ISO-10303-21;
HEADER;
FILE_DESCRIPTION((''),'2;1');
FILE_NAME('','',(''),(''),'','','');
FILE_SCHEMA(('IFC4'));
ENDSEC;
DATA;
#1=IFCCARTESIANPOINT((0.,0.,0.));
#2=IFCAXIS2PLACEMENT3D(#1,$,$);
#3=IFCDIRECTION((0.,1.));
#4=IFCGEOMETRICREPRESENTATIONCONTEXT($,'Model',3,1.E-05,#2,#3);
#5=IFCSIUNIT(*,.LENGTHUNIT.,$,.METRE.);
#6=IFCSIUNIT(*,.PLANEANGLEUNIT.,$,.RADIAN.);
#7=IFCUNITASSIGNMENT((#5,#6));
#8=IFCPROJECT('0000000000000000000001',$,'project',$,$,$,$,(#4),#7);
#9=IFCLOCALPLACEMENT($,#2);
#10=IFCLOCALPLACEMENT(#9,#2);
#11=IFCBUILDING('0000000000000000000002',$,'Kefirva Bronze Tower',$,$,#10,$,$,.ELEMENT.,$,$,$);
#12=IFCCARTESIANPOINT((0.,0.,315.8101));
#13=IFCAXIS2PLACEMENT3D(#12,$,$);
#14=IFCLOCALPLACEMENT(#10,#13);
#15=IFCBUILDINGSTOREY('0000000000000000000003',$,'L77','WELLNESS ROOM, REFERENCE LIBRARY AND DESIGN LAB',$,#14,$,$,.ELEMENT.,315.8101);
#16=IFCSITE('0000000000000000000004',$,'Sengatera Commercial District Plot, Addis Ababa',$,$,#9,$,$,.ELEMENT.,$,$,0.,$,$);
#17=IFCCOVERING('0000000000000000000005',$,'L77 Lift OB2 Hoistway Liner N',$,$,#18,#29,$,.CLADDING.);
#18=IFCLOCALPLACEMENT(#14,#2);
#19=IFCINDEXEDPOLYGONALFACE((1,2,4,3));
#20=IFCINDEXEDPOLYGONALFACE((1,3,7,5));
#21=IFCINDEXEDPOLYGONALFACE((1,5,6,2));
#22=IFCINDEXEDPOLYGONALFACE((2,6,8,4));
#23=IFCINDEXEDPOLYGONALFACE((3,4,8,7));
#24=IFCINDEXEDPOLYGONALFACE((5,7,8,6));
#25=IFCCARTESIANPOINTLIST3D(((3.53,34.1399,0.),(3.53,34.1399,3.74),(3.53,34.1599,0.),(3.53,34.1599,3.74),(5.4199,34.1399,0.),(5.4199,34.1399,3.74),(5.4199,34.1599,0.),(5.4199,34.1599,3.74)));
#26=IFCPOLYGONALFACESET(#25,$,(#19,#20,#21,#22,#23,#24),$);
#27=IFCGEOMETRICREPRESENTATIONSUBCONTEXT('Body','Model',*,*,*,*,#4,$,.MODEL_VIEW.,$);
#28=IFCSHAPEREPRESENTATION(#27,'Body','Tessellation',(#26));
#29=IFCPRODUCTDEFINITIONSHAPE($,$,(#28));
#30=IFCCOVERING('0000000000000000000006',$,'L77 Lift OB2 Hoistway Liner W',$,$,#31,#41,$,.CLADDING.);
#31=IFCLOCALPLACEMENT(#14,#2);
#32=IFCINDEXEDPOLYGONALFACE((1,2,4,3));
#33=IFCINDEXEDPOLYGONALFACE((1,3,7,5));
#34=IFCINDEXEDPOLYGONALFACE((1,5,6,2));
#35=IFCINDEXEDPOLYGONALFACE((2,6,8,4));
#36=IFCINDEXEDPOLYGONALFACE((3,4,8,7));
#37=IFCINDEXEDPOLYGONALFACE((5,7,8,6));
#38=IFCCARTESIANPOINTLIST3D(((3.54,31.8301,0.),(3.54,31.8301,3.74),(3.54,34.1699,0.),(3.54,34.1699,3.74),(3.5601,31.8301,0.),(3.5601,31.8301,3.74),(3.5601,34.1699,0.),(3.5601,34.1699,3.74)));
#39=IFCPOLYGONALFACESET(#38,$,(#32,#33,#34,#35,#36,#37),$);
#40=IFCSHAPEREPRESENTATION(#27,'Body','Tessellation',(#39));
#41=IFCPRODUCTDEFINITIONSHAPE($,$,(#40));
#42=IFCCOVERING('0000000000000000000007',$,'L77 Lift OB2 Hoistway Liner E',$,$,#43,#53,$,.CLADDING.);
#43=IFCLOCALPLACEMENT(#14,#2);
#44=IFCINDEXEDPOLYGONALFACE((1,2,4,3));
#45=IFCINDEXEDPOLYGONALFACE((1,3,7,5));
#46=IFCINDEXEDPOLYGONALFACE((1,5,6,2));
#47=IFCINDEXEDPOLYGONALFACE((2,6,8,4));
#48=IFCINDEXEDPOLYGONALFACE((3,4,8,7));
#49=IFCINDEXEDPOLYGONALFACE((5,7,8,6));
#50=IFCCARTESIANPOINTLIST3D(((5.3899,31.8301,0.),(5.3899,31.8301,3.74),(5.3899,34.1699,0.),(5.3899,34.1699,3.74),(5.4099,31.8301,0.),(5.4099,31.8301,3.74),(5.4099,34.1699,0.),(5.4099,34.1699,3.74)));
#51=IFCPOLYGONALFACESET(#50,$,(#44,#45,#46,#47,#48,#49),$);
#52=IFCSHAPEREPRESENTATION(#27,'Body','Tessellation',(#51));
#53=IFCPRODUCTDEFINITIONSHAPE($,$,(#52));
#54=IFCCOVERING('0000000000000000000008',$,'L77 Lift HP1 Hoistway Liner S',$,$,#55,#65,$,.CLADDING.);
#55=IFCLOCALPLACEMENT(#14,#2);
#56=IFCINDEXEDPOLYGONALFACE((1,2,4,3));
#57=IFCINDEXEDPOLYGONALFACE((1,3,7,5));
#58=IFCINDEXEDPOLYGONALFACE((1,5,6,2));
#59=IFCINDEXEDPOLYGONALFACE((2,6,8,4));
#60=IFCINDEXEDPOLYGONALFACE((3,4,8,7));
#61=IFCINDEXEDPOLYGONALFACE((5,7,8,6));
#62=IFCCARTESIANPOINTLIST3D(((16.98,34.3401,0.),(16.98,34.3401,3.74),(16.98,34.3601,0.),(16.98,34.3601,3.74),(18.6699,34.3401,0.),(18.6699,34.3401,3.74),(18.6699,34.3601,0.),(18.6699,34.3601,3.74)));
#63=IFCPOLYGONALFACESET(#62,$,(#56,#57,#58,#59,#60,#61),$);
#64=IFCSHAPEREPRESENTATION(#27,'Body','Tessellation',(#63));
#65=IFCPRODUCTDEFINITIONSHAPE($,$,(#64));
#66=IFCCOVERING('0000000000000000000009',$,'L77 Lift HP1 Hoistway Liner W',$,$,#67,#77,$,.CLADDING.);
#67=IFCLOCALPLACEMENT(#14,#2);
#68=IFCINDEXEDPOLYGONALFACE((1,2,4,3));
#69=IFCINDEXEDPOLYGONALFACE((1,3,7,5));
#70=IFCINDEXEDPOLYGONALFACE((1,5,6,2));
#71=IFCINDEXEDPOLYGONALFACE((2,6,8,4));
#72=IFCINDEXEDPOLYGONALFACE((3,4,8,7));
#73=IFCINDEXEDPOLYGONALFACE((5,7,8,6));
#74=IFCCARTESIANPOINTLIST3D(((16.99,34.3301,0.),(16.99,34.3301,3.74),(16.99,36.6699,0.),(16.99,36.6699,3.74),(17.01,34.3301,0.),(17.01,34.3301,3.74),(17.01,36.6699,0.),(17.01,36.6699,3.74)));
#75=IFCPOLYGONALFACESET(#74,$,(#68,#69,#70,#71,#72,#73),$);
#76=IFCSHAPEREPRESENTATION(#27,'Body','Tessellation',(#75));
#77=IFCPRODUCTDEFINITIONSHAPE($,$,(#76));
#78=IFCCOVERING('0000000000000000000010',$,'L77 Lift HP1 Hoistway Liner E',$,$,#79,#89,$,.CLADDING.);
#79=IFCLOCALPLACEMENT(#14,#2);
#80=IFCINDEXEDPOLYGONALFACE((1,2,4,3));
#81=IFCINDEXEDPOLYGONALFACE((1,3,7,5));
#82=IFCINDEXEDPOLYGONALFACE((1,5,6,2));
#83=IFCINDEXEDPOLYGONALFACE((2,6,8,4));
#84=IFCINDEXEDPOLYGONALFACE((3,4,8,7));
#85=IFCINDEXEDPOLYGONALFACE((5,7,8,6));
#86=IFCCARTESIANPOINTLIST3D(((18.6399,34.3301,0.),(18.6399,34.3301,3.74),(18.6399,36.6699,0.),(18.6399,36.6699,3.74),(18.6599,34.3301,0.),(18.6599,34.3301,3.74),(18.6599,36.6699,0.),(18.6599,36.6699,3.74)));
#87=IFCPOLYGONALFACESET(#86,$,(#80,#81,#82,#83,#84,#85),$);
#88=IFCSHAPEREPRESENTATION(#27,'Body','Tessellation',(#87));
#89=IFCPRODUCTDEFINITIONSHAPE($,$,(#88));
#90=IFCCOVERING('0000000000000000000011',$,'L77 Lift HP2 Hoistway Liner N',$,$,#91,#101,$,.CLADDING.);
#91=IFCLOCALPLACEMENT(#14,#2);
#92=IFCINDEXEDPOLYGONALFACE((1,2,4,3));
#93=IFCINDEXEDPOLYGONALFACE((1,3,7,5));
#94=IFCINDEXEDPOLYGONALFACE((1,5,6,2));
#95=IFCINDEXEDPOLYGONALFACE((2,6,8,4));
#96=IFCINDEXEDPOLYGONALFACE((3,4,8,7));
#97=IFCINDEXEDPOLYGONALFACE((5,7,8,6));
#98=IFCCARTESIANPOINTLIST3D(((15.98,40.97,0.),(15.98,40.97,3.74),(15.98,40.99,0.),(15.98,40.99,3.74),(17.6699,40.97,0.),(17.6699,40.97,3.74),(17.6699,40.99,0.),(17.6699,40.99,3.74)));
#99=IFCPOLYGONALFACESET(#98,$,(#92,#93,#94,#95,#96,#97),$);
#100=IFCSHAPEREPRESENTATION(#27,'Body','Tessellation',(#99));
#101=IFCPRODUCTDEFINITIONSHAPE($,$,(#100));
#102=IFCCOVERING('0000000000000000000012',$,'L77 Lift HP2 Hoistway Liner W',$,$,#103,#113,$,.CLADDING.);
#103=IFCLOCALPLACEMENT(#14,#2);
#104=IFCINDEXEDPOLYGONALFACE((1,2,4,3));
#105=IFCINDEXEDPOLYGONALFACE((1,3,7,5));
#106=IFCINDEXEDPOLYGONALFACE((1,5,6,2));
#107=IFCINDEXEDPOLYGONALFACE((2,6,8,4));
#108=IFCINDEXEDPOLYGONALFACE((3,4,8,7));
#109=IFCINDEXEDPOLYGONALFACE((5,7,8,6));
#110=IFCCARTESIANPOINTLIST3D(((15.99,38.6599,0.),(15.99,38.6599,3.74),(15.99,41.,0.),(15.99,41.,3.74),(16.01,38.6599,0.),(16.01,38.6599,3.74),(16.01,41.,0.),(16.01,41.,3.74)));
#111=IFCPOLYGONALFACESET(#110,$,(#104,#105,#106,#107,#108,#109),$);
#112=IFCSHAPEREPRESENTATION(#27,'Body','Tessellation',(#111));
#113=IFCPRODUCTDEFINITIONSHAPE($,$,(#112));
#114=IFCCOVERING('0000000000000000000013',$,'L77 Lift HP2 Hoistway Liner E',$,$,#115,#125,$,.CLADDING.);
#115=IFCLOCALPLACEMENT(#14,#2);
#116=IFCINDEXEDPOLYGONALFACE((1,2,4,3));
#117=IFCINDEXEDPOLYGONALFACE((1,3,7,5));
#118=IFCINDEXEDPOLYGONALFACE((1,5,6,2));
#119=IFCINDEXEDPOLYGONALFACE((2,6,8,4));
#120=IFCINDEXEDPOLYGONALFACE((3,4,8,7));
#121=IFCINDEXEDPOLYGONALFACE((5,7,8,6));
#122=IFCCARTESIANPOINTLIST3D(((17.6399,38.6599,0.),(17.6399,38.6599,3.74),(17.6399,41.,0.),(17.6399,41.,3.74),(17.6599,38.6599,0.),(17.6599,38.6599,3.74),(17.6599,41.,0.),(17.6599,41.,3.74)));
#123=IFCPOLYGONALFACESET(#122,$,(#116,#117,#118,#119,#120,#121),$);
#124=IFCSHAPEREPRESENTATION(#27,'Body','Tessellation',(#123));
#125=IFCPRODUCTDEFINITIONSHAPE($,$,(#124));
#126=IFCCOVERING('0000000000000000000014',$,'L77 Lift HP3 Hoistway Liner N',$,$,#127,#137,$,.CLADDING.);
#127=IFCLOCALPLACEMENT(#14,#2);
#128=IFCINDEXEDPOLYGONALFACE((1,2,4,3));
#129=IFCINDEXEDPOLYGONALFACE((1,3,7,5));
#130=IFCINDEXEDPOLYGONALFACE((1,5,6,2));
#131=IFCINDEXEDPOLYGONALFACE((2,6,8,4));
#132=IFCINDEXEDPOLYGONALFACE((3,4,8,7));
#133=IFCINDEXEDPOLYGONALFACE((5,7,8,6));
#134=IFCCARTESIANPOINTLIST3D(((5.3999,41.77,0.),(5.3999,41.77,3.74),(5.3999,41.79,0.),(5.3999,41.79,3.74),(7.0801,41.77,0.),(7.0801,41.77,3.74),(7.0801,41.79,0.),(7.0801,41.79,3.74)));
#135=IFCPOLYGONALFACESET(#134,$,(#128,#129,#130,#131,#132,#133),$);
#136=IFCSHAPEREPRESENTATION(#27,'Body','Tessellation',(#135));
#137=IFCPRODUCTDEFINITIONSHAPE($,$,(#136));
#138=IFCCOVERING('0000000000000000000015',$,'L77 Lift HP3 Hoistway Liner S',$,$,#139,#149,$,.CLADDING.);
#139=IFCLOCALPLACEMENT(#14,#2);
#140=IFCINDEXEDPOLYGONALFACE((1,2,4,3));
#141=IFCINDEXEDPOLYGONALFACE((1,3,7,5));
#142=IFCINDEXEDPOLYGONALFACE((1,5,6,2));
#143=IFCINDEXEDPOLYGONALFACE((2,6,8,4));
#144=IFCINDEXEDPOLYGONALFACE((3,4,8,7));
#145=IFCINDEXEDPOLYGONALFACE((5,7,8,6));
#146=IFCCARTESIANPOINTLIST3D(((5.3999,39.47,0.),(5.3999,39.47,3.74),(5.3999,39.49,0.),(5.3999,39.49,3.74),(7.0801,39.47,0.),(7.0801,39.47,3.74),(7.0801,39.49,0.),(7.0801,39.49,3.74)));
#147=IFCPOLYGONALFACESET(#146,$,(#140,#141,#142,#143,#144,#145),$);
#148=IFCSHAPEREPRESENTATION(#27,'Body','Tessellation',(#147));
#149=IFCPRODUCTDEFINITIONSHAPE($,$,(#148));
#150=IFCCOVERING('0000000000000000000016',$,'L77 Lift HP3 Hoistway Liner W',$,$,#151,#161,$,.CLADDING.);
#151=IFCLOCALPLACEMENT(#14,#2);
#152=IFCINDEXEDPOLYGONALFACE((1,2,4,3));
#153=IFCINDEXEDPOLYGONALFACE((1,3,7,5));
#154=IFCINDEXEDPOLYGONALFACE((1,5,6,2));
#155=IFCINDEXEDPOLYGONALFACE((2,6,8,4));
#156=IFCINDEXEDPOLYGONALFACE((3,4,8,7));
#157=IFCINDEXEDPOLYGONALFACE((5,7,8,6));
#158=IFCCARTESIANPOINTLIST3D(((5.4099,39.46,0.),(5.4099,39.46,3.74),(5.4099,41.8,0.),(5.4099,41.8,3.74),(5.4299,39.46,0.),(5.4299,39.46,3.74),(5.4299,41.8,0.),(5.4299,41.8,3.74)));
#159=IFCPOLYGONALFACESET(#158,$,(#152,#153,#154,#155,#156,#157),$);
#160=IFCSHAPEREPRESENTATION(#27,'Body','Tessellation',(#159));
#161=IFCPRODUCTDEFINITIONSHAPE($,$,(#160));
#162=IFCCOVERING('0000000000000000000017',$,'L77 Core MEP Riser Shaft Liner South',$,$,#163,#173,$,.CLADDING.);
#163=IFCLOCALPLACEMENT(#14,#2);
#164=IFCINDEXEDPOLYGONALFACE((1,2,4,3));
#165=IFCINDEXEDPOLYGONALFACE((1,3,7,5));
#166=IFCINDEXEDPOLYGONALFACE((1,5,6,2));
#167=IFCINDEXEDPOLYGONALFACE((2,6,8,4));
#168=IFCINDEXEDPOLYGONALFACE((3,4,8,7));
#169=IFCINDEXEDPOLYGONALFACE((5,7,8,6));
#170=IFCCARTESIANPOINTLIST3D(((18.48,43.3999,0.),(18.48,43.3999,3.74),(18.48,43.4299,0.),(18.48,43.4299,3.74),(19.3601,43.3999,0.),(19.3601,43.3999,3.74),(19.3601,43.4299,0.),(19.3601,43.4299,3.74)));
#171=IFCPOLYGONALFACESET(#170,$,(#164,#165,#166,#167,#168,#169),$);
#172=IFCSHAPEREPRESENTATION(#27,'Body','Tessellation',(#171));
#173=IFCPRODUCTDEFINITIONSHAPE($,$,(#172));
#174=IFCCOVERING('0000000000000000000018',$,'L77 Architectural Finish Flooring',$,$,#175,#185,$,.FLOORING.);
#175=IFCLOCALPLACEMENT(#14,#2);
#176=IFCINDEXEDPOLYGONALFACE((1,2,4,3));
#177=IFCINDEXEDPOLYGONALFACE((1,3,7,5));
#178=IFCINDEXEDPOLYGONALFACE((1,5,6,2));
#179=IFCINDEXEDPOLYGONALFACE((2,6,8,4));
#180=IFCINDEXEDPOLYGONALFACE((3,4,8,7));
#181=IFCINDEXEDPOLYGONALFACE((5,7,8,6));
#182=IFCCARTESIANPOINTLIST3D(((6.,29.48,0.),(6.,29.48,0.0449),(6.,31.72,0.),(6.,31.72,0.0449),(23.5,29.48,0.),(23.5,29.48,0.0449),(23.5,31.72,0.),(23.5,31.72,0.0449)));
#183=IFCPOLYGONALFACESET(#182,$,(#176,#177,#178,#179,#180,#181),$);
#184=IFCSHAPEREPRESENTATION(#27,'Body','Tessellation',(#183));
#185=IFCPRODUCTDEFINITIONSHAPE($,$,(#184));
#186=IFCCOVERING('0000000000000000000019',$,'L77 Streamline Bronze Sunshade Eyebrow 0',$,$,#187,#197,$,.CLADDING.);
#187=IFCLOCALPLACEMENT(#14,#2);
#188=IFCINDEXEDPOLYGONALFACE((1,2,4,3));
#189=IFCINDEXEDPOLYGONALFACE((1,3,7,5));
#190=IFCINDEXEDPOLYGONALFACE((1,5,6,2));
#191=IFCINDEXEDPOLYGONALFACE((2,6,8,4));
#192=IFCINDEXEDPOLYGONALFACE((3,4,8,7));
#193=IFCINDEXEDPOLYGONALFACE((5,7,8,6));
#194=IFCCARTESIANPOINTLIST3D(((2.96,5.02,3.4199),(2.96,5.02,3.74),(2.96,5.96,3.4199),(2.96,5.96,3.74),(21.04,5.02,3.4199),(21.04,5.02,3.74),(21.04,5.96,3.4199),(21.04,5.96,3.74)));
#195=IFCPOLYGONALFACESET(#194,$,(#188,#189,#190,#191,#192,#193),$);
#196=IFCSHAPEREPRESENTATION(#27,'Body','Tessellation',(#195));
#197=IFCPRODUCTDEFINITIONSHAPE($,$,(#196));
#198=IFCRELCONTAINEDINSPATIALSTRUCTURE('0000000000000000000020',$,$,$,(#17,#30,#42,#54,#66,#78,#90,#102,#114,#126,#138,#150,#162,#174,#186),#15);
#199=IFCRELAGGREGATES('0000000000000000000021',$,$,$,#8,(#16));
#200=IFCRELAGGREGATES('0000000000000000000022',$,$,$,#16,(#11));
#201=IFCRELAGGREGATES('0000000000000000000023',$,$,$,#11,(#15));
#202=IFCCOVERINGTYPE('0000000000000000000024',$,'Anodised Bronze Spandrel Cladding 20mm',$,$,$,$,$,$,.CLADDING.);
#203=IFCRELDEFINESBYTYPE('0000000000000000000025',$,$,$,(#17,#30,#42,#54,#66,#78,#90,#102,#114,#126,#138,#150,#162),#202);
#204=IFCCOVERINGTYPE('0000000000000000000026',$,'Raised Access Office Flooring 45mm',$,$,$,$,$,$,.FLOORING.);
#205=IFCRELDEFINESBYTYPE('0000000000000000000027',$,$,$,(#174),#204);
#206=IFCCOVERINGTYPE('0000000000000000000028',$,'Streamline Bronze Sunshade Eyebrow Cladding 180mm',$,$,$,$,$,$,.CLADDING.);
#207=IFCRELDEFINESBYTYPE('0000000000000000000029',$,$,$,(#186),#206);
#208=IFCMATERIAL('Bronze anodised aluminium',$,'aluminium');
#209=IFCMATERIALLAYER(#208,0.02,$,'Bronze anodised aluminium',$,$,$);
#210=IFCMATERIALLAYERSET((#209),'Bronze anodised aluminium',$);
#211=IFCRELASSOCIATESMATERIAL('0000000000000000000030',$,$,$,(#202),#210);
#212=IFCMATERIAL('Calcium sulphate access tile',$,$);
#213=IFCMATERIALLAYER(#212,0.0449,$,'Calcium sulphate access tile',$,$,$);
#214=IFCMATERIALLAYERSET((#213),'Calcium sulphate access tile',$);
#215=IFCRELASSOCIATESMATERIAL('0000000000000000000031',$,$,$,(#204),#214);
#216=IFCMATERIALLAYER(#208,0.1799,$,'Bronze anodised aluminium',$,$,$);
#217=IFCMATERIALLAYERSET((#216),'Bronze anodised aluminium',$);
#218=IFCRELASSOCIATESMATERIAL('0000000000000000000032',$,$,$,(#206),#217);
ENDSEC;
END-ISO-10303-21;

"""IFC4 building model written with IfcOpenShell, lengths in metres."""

from ifc_helpers import new_model, si_unit, direction, frame, origin, origin_2d, place, context, subcontext, project, spatial, polyline, rectangle, outline, extrude, material, layer, layer_set, type_object, element, save


model = new_model("IFC4")

# Units and contexts
model_context = context("Model", 3, precision=1e-05, world=origin(), true_north=direction((0.0, 1.0)))
body_context = subcontext(model_context, "Body", "Model", "MODEL_VIEW")
ifc_project = project(units=[si_unit("LENGTHUNIT", "METRE"), si_unit("PLANEANGLEUNIT", "RADIAN")], contexts=[model_context])

# Site, building, storey
site_placement = place(None, origin())
site = spatial("IfcSite", under=ifc_project, at=site_placement, Name="Sengatera Commercial District Plot, Addis Ababa", CompositionType="ELEMENT", RefElevation=0.0)
building_placement = place(site_placement, origin())
building = spatial("IfcBuilding", under=site, at=building_placement, Name="Kefirva Bronze Tower", CompositionType="ELEMENT")
storey_placement = place(building_placement, frame((0.0, 0.0, 315.8101)))
storey = spatial("IfcBuildingStorey", under=building, at=storey_placement, Name="L77", Description="WELLNESS ROOM, REFERENCE LIBRARY AND DESIGN LAB", CompositionType="ELEMENT", Elevation=315.8101)

# Shared definitions
ifc_material_1 = material(Name="Bronze anodised aluminium", Category="aluminium")

# Coverings
ifc_layer_1 = layer(ifc_material_1, 0.02, Name="Bronze anodised aluminium")
ifc_layer_set_1 = layer_set([ifc_layer_1], Name="Bronze anodised aluminium")
covering_type_1 = type_object("IfcCoveringType", Name="Anodised Bronze Spandrel Cladding 20mm", PredefinedType="CLADDING", material=ifc_layer_set_1)
covering_1_placement = place(storey_placement, origin())
element("IfcCovering", 1, at=covering_1_placement, inside=storey, type_object=covering_type_1, Name="L77 Lift OB2 Hoistway Liner N", PredefinedType="CLADDING", context=body_context, shape_type="SweptSolid", body=[
    extrude(outline(polyline([(3.53, 34.1399), (5.4199, 34.1399), (5.4199, 34.1599), (3.53, 34.1599), (3.53, 34.1399)])), origin(), (0.0, 0.0, 1.0), 3.74),
])
covering_2_placement = place(storey_placement, origin())
element("IfcCovering", 2, at=covering_2_placement, inside=storey, type_object=covering_type_1, Name="L77 Lift OB2 Hoistway Liner W", PredefinedType="CLADDING", context=body_context, shape_type="SweptSolid", body=[
    extrude(outline(polyline([(3.54, 31.8301), (3.5601, 31.8301), (3.5601, 34.1699), (3.54, 34.1699), (3.54, 31.8301)])), origin(), (0.0, 0.0, 1.0), 3.74),
])
covering_3_placement = place(storey_placement, origin())
element("IfcCovering", 3, at=covering_3_placement, inside=storey, type_object=covering_type_1, Name="L77 Lift OB2 Hoistway Liner E", PredefinedType="CLADDING", context=body_context, shape_type="SweptSolid", body=[
    extrude(outline(polyline([(5.3899, 31.8301), (5.4099, 31.8301), (5.4099, 34.1699), (5.3899, 34.1699), (5.3899, 31.8301)])), origin(), (0.0, 0.0, 1.0), 3.74),
])
covering_4_placement = place(storey_placement, origin())
element("IfcCovering", 4, at=covering_4_placement, inside=storey, type_object=covering_type_1, Name="L77 Lift HP1 Hoistway Liner S", PredefinedType="CLADDING", context=body_context, shape_type="SweptSolid", body=[
    extrude(outline(polyline([(16.98, 34.3401), (18.6699, 34.3401), (18.6699, 34.3601), (16.98, 34.3601), (16.98, 34.3401)])), origin(), (0.0, 0.0, 1.0), 3.74),
])
covering_5_placement = place(storey_placement, origin())
element("IfcCovering", 5, at=covering_5_placement, inside=storey, type_object=covering_type_1, Name="L77 Lift HP1 Hoistway Liner W", PredefinedType="CLADDING", context=body_context, shape_type="SweptSolid", body=[
    extrude(outline(polyline([(16.99, 34.3301), (17.01, 34.3301), (17.01, 36.6699), (16.99, 36.6699), (16.99, 34.3301)])), origin(), (0.0, 0.0, 1.0), 3.74),
])
covering_6_placement = place(storey_placement, origin())
element("IfcCovering", 6, at=covering_6_placement, inside=storey, type_object=covering_type_1, Name="L77 Lift HP1 Hoistway Liner E", PredefinedType="CLADDING", context=body_context, shape_type="SweptSolid", body=[
    extrude(outline(polyline([(18.6399, 34.3301), (18.6599, 34.3301), (18.6599, 36.6699), (18.6399, 36.6699), (18.6399, 34.3301)])), origin(), (0.0, 0.0, 1.0), 3.74),
])
covering_7_placement = place(storey_placement, origin())
element("IfcCovering", 7, at=covering_7_placement, inside=storey, type_object=covering_type_1, Name="L77 Lift HP2 Hoistway Liner N", PredefinedType="CLADDING", context=body_context, shape_type="SweptSolid", body=[
    extrude(outline(polyline([(15.98, 40.97), (17.6699, 40.97), (17.6699, 40.99), (15.98, 40.99), (15.98, 40.97)])), origin(), (0.0, 0.0, 1.0), 3.74),
])
covering_8_placement = place(storey_placement, origin())
element("IfcCovering", 8, at=covering_8_placement, inside=storey, type_object=covering_type_1, Name="L77 Lift HP2 Hoistway Liner W", PredefinedType="CLADDING", context=body_context, shape_type="SweptSolid", body=[
    extrude(outline(polyline([(15.99, 38.6599), (16.01, 38.6599), (16.01, 41.0), (15.99, 41.0), (15.99, 38.6599)])), origin(), (0.0, 0.0, 1.0), 3.74),
])
covering_9_placement = place(storey_placement, origin())
element("IfcCovering", 9, at=covering_9_placement, inside=storey, type_object=covering_type_1, Name="L77 Lift HP2 Hoistway Liner E", PredefinedType="CLADDING", context=body_context, shape_type="SweptSolid", body=[
    extrude(outline(polyline([(17.6399, 38.6599), (17.6599, 38.6599), (17.6599, 41.0), (17.6399, 41.0), (17.6399, 38.6599)])), origin(), (0.0, 0.0, 1.0), 3.74),
])
covering_10_placement = place(storey_placement, origin())
element("IfcCovering", 10, at=covering_10_placement, inside=storey, type_object=covering_type_1, Name="L77 Lift HP3 Hoistway Liner N", PredefinedType="CLADDING", context=body_context, shape_type="SweptSolid", body=[
    extrude(outline(polyline([(5.3999, 41.77), (7.0801, 41.77), (7.0801, 41.79), (5.3999, 41.79), (5.3999, 41.77)])), origin(), (0.0, 0.0, 1.0), 3.74),
])
covering_11_placement = place(storey_placement, origin())
element("IfcCovering", 11, at=covering_11_placement, inside=storey, type_object=covering_type_1, Name="L77 Lift HP3 Hoistway Liner S", PredefinedType="CLADDING", context=body_context, shape_type="SweptSolid", body=[
    extrude(outline(polyline([(5.3999, 39.47), (7.0801, 39.47), (7.0801, 39.49), (5.3999, 39.49), (5.3999, 39.47)])), origin(), (0.0, 0.0, 1.0), 3.74),
])
covering_12_placement = place(storey_placement, origin())
element("IfcCovering", 12, at=covering_12_placement, inside=storey, type_object=covering_type_1, Name="L77 Lift HP3 Hoistway Liner W", PredefinedType="CLADDING", context=body_context, shape_type="SweptSolid", body=[
    extrude(outline(polyline([(5.4099, 39.46), (5.4299, 39.46), (5.4299, 41.8), (5.4099, 41.8), (5.4099, 39.46)])), origin(), (0.0, 0.0, 1.0), 3.74),
])
covering_13_placement = place(storey_placement, origin())
element("IfcCovering", 13, at=covering_13_placement, inside=storey, type_object=covering_type_1, Name="L77 Core MEP Riser Shaft Liner South", PredefinedType="CLADDING", context=body_context, shape_type="SweptSolid", body=[
    extrude(outline(polyline([(18.48, 43.3999), (19.3601, 43.3999), (19.3601, 43.4299), (18.48, 43.4299), (18.48, 43.3999)])), origin(), (0.0, 0.0, 1.0), 3.74),
])
ifc_material_2 = material(Name="Calcium sulphate access tile")
ifc_layer_2 = layer(ifc_material_2, 0.0449, Name="Calcium sulphate access tile")
ifc_layer_set_2 = layer_set([ifc_layer_2], Name="Calcium sulphate access tile")
covering_type_2 = type_object("IfcCoveringType", Name="Raised Access Office Flooring 45mm", PredefinedType="FLOORING", material=ifc_layer_set_2)
covering_14_placement = place(storey_placement, origin())
element("IfcCovering", 14, at=covering_14_placement, inside=storey, type_object=covering_type_2, Name="L77 Architectural Finish Flooring", PredefinedType="FLOORING", context=body_context, shape_type="SweptSolid", body=[
    extrude(outline(polyline([(6.0, 29.48), (23.5, 29.48), (23.5, 31.72), (6.0, 31.72), (6.0, 29.48)])), origin(), (0.0, 0.0, 1.0), 0.0449),
])
ifc_layer_3 = layer(ifc_material_1, 0.1799, Name="Bronze anodised aluminium")
ifc_layer_set_3 = layer_set([ifc_layer_3], Name="Bronze anodised aluminium")
covering_type_3 = type_object("IfcCoveringType", Name="Streamline Bronze Sunshade Eyebrow Cladding 180mm", PredefinedType="CLADDING", material=ifc_layer_set_3)
covering_15_placement = place(storey_placement, frame((12.0, 5.49, 3.4199), z_axis=(0.0, 0.0, 1.0), x_axis=(1.0, 0.0, 0.0)))
element("IfcCovering", 15, at=covering_15_placement, inside=storey, type_object=covering_type_3, Name="L77 Streamline Bronze Sunshade Eyebrow 0", PredefinedType="CLADDING", context=body_context, shape_type="SweptSolid", body=[
    extrude(rectangle(XDim=18.0801, YDim=0.9399, at=origin_2d()), origin(), (0.0, 0.0, 1.0), 0.3201),
])

save(model, "model.ifc")
